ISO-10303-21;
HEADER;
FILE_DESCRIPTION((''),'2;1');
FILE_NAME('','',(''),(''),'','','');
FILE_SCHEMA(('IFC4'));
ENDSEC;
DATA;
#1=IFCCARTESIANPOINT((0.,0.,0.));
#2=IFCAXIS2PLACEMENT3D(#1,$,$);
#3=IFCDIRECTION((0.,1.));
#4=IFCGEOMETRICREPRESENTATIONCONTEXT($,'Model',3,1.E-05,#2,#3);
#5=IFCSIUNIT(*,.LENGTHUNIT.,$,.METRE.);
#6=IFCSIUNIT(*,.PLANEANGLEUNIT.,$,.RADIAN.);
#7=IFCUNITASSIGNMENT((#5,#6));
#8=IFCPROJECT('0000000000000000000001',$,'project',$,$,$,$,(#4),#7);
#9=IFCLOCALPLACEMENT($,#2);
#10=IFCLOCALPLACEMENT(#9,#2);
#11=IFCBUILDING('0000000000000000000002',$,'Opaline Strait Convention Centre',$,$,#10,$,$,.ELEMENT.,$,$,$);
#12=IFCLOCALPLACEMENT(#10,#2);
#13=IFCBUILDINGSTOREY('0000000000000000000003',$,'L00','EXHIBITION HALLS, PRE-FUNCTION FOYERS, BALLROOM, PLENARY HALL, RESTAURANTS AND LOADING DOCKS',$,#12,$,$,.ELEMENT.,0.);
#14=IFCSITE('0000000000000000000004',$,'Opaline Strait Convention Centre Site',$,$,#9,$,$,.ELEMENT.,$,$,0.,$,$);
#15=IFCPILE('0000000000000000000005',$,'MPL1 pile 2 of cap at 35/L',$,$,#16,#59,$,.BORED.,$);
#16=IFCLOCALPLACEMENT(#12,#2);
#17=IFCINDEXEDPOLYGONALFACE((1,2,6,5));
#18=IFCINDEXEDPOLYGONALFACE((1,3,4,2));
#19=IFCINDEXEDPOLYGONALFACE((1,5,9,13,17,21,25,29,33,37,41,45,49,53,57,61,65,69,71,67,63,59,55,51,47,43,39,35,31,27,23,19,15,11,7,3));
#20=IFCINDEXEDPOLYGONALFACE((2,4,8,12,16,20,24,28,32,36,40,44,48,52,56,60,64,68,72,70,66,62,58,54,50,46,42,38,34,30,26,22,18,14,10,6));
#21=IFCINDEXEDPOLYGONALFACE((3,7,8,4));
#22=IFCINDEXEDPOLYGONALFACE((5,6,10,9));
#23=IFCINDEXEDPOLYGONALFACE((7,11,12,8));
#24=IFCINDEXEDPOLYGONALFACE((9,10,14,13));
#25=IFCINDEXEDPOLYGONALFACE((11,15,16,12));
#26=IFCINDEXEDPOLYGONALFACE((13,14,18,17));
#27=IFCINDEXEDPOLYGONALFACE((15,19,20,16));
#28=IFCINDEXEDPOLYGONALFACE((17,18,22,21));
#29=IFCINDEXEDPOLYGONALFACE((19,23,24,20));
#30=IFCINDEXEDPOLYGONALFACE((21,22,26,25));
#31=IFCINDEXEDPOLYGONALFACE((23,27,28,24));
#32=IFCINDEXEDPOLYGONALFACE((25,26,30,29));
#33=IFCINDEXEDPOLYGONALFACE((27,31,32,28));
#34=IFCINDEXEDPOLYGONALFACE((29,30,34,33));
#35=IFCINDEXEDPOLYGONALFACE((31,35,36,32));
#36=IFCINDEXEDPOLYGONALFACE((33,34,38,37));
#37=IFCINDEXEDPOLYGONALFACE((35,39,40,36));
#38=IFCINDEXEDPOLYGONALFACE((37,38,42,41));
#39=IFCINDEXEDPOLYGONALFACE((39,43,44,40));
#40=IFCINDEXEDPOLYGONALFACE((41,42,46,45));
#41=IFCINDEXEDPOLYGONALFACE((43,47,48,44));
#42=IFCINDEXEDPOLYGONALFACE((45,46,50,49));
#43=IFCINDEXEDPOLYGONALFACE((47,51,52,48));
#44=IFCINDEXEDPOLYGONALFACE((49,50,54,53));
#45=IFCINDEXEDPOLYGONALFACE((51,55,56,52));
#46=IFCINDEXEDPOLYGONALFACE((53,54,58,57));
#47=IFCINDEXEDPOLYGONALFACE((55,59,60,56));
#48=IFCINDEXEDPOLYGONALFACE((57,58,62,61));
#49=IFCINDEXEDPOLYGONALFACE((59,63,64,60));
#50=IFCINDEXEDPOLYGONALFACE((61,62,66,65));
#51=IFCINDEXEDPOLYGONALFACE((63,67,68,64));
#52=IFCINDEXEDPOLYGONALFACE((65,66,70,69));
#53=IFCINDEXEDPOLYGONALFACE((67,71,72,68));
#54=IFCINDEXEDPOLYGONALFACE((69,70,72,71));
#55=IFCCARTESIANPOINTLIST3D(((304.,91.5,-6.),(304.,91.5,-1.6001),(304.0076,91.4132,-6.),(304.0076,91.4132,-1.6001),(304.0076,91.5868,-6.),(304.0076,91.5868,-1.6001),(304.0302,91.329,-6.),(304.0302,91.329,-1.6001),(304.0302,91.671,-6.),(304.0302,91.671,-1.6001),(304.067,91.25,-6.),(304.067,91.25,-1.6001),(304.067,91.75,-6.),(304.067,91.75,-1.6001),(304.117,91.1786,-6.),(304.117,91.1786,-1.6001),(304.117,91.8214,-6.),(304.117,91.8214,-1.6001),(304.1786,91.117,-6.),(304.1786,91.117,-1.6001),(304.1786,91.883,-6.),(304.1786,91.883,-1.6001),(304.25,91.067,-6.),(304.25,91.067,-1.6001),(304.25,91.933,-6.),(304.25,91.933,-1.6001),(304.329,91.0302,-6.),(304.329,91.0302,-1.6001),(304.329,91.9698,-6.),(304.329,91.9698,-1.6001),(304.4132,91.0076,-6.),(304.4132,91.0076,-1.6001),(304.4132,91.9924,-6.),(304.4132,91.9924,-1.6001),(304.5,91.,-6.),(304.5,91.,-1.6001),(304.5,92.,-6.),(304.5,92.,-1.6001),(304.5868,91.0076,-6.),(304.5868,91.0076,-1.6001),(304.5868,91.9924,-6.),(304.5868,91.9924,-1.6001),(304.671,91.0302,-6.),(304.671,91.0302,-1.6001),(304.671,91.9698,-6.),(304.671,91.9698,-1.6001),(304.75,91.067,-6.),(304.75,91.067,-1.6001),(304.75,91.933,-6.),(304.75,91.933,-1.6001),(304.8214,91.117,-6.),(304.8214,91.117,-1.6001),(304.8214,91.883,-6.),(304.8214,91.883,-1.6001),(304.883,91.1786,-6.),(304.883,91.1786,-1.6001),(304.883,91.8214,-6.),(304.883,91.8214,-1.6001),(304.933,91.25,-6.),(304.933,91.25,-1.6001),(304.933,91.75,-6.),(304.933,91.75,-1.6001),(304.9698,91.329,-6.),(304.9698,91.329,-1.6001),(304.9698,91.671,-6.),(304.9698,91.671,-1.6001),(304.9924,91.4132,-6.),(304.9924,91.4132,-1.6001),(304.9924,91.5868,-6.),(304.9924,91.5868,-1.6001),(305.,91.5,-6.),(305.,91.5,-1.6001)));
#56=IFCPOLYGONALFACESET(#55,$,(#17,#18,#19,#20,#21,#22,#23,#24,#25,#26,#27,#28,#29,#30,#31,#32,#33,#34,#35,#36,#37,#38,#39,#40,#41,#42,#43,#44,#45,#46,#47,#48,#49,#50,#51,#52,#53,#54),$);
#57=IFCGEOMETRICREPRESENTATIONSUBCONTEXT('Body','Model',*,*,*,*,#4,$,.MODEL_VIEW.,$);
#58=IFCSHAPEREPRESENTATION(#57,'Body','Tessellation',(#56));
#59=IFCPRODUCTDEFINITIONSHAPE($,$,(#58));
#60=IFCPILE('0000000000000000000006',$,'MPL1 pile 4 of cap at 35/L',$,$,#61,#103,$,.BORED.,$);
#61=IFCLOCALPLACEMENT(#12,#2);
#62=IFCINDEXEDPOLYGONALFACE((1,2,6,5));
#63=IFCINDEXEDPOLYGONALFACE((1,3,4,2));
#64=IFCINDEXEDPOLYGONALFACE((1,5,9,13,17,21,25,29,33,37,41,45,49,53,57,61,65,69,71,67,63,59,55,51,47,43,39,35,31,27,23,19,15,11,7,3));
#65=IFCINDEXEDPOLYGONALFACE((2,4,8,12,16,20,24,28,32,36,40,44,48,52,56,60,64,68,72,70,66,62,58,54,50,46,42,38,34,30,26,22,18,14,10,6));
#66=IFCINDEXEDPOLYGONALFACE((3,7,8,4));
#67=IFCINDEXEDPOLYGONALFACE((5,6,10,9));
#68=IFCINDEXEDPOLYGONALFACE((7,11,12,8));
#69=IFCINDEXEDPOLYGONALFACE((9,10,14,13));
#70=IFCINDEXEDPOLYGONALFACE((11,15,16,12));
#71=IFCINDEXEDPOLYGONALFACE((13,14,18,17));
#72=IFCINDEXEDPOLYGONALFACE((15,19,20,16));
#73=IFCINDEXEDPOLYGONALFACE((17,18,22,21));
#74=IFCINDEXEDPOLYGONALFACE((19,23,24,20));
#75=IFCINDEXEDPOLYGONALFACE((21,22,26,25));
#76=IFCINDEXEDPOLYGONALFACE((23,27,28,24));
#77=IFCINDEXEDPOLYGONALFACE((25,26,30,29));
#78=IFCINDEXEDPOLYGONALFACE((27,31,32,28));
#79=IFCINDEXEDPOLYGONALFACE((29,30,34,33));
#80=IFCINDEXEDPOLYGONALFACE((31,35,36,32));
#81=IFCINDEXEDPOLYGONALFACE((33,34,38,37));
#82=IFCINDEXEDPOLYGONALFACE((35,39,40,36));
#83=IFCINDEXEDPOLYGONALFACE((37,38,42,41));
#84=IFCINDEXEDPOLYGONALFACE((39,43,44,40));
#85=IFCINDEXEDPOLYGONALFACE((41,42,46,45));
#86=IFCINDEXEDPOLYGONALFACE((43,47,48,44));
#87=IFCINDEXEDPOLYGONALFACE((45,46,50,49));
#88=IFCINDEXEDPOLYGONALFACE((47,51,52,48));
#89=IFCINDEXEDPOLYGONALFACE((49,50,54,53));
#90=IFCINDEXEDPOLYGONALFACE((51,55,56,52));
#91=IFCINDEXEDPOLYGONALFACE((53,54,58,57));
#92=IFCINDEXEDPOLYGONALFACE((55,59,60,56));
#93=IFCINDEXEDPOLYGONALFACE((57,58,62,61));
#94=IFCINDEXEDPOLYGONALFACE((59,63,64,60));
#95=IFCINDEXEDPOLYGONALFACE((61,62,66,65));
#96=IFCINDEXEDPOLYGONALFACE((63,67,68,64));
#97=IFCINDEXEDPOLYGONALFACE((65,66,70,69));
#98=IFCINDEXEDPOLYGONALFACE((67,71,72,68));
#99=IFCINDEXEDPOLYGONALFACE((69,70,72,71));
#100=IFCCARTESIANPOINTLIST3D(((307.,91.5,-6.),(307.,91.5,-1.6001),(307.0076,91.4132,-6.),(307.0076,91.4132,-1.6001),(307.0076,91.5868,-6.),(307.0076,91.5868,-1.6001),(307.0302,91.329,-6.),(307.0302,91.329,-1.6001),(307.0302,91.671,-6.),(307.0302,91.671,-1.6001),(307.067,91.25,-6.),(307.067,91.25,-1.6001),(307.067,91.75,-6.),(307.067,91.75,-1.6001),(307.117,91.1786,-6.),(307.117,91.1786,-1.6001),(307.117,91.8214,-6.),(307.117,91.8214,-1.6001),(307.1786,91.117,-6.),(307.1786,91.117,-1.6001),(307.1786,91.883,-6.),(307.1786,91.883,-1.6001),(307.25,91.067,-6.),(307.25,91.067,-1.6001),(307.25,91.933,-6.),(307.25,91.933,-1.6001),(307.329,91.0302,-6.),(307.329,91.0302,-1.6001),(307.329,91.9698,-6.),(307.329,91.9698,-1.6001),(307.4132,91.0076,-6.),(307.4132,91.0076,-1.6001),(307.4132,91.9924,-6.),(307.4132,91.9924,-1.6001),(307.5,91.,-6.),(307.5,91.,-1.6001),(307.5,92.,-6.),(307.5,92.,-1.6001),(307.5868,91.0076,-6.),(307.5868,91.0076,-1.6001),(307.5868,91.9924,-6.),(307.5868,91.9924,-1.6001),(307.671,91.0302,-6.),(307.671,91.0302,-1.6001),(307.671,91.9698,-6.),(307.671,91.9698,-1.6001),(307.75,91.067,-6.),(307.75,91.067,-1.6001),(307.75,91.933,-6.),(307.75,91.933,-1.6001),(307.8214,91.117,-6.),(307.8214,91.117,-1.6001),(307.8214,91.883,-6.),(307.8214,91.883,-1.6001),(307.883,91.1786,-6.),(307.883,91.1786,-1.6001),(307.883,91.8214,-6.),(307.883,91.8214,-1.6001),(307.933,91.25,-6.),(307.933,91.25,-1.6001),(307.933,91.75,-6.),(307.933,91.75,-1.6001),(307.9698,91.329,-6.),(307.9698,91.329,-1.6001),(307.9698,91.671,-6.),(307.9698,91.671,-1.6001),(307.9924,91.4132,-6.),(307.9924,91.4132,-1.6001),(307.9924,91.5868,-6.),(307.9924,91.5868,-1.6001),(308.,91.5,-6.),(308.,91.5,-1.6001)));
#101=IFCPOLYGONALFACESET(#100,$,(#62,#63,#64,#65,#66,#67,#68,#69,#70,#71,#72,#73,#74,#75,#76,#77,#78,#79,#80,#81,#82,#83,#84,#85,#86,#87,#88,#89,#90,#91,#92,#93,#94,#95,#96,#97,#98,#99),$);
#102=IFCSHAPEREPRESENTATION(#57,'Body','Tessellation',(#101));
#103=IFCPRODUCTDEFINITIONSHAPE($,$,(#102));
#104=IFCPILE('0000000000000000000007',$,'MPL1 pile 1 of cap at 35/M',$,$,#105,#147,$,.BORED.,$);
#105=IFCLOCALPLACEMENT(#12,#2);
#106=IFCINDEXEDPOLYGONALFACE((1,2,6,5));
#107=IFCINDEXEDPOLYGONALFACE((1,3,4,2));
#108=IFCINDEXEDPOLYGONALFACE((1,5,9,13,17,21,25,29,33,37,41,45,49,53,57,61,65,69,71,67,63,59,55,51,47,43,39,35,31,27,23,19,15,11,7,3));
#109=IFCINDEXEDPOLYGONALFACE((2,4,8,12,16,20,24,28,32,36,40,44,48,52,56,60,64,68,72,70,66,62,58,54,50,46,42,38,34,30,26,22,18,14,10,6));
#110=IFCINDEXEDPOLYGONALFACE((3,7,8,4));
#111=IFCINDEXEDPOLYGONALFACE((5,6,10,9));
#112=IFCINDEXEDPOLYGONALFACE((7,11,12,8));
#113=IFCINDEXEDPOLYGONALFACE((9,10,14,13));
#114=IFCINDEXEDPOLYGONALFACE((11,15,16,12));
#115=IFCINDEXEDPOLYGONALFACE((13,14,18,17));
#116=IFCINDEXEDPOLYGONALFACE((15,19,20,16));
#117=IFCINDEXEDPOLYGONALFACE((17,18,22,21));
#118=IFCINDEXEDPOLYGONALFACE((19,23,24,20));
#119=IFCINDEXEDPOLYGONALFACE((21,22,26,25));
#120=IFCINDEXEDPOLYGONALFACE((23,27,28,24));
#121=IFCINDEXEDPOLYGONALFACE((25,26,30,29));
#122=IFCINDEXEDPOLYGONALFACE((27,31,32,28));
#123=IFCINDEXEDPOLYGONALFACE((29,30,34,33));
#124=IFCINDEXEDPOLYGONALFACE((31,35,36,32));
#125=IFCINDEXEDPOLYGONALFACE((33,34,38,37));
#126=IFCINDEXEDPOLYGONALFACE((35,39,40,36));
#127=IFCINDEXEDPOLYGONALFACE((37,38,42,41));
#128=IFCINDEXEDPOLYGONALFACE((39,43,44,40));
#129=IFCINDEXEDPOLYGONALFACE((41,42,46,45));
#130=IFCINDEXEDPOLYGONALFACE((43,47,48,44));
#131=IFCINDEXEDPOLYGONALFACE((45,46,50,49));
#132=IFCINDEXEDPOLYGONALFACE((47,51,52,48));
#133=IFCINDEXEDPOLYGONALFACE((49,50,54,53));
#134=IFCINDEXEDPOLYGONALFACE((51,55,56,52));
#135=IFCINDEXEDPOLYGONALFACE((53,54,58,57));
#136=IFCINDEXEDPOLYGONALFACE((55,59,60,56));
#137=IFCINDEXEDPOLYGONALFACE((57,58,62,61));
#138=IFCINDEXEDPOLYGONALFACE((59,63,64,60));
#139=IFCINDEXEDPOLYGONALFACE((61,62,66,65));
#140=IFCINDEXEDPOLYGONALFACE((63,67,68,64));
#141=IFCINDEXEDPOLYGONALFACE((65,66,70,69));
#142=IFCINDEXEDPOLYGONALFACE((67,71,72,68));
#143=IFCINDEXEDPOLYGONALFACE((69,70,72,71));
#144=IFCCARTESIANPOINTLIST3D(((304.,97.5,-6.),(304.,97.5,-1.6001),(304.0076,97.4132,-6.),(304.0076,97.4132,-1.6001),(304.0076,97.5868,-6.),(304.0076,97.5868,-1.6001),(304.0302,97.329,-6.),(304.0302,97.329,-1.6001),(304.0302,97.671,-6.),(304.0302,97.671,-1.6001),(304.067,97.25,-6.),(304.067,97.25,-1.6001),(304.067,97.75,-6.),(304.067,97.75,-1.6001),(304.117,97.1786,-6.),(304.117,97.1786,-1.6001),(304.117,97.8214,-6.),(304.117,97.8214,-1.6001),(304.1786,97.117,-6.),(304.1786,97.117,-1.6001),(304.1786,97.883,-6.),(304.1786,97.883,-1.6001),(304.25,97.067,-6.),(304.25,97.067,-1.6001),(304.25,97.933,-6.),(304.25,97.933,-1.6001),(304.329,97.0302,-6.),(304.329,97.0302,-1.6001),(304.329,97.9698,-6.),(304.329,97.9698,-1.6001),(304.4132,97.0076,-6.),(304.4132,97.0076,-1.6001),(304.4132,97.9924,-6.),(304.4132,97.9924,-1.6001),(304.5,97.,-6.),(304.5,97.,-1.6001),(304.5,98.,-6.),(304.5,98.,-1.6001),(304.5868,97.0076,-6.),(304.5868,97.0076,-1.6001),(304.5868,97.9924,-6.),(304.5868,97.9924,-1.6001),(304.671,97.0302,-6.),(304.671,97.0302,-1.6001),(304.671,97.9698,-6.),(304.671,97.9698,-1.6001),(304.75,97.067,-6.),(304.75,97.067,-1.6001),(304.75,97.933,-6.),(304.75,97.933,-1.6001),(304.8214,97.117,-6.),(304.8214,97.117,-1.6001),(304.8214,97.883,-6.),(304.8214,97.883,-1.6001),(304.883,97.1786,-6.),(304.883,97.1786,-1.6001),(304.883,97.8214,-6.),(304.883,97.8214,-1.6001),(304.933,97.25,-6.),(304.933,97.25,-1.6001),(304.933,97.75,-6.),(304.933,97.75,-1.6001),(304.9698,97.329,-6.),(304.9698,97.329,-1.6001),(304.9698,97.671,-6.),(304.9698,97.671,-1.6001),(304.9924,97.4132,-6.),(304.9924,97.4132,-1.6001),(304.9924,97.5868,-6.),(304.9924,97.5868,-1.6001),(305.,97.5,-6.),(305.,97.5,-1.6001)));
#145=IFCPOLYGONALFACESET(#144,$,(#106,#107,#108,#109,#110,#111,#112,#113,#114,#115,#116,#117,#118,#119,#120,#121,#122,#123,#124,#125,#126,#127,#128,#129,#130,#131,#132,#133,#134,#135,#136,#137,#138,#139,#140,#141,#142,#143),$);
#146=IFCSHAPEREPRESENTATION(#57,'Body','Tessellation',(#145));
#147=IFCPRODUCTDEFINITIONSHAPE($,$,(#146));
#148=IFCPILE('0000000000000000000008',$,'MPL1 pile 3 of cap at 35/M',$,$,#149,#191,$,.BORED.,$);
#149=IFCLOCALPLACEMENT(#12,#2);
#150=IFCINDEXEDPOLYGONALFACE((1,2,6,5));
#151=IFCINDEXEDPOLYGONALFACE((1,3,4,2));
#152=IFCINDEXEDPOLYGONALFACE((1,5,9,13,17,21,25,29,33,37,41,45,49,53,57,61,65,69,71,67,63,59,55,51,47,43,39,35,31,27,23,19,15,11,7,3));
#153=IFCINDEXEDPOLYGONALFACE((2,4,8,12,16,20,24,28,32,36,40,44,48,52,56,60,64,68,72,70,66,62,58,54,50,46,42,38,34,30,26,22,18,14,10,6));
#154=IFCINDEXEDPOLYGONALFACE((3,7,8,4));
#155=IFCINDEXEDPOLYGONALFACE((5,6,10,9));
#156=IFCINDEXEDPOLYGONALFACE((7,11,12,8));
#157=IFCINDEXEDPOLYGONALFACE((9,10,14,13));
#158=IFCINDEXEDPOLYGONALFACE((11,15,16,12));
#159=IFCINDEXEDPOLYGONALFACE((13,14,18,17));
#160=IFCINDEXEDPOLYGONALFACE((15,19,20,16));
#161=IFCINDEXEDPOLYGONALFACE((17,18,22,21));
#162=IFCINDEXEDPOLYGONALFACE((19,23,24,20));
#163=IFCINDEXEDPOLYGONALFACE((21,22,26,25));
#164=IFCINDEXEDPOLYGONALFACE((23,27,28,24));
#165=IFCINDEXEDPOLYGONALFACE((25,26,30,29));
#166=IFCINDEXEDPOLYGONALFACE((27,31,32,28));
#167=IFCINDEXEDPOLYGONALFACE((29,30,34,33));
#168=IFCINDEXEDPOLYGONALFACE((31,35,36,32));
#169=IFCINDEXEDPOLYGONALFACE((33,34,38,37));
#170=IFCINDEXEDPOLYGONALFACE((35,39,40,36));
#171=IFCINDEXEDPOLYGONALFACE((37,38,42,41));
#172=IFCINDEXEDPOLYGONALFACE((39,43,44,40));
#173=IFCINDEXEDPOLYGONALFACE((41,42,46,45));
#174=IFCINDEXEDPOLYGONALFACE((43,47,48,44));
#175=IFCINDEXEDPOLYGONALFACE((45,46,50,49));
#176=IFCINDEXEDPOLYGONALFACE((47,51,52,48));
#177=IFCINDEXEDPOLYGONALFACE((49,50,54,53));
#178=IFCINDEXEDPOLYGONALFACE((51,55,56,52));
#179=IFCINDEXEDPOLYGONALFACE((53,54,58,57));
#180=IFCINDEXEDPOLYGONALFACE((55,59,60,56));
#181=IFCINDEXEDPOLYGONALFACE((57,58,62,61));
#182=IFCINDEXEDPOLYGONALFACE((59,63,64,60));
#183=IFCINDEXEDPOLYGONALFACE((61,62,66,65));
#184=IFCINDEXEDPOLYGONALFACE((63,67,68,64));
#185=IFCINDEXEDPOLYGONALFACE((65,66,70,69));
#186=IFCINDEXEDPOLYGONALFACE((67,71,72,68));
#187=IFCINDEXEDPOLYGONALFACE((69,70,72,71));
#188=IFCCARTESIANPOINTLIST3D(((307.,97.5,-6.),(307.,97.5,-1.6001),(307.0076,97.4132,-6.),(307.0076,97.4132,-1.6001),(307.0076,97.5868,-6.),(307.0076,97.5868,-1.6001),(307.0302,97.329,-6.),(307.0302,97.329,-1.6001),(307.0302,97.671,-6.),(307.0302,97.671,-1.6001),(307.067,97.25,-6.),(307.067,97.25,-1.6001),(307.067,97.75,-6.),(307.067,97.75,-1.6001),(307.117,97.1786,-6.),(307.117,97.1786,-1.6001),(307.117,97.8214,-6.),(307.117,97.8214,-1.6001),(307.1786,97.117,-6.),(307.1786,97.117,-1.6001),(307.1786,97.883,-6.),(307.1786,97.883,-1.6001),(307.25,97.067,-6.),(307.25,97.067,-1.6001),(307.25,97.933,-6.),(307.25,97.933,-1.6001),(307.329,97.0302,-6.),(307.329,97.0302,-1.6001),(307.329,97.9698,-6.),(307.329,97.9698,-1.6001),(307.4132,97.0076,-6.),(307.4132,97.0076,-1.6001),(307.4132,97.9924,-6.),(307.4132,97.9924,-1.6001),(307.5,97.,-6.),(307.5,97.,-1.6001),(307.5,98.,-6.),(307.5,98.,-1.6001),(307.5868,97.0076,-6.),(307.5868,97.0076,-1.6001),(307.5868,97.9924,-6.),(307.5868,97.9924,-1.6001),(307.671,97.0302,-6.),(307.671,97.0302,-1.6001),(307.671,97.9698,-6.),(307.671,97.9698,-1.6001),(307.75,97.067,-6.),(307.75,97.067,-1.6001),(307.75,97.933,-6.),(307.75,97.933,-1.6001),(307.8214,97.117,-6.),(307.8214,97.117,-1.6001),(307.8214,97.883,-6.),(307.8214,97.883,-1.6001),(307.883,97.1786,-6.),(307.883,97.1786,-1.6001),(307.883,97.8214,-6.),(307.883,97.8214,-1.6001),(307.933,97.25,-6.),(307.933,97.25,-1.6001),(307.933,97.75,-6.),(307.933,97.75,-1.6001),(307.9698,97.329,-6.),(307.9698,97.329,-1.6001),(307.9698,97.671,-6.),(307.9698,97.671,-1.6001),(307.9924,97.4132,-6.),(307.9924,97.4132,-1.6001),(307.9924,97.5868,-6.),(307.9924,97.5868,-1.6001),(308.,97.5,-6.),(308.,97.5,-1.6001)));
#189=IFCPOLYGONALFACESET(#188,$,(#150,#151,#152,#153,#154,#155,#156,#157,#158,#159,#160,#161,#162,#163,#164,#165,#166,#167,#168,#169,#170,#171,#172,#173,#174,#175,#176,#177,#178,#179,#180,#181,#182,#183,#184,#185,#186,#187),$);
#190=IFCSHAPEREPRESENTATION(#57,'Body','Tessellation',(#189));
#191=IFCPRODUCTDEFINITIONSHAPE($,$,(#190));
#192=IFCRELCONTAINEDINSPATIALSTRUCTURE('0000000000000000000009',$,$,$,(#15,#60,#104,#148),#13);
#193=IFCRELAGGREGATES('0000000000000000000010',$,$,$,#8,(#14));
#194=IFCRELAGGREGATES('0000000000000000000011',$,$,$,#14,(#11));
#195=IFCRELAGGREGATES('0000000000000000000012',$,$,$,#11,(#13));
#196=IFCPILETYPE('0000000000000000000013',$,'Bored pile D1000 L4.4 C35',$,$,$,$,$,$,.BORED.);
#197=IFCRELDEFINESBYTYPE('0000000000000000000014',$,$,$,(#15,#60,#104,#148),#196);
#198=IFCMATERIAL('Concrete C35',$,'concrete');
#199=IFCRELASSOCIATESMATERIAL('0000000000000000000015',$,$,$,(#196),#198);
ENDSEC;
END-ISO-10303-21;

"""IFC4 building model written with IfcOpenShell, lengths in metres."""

from ifc_helpers import new_model, si_unit, direction, frame, origin, origin_2d, place, context, subcontext, project, spatial, circle, extrude, material, material_profile, profile_set, type_object, element, save


model = new_model("IFC4")

# Units and contexts
model_context = context("Model", 3, precision=1e-05, world=origin(), true_north=direction((0.0, 1.0)))
body_context = subcontext(model_context, "Body", "Model", "MODEL_VIEW")
ifc_project = project(units=[si_unit("LENGTHUNIT", "METRE"), si_unit("PLANEANGLEUNIT", "RADIAN")], contexts=[model_context])

# Site, building, storey
site_placement = place(None, origin())
site = spatial("IfcSite", under=ifc_project, at=site_placement, Name="Opaline Strait Convention Centre Site", CompositionType="ELEMENT", RefElevation=0.0)
building_placement = place(site_placement, origin())
building = spatial("IfcBuilding", under=site, at=building_placement, Name="Opaline Strait Convention Centre", CompositionType="ELEMENT")
storey_placement = place(building_placement, origin())
storey = spatial("IfcBuildingStorey", under=building, at=storey_placement, Name="L00", Description="EXHIBITION HALLS, PRE-FUNCTION FOYERS, BALLROOM, PLENARY HALL, RESTAURANTS AND LOADING DOCKS", CompositionType="ELEMENT", Elevation=0.0)

# Piles
ifc_material_1 = material(Name="Concrete C35", Category="concrete")
ifc_material_profile_1 = material_profile(ifc_material_1, circle(Radius=0.5, at=origin_2d()), Name="D1000")
ifc_profile_set_1 = profile_set([ifc_material_profile_1], Name="Concrete C35")
pile_type = type_object("IfcPileType", Name="Bored pile D1000 L4.4 C35", PredefinedType="BORED", material=ifc_profile_set_1)
for number, where, z_axis, x_axis, name in (
    (1, (304.5, 91.5, -1.6001), (0.0, 0.0, -1.0), (1.0, 0.0, 0.0), "MPL1 pile 2 of cap at 35/L"),
    (2, (307.5, 91.5, -1.6001), (0.0, 0.0, -1.0), (1.0, 0.0, 0.0), "MPL1 pile 4 of cap at 35/L"),
    (3, (304.5, 97.5, -1.6001), (0.0, 0.0, -1.0), (1.0, 0.0, 0.0), "MPL1 pile 1 of cap at 35/M"),
    (4, (307.5, 97.5, -1.6001), (0.0, 0.0, -1.0), (1.0, 0.0, 0.0), "MPL1 pile 3 of cap at 35/M"),
):
    element("IfcPile", number, at=place(storey_placement, frame(where, z_axis=z_axis, x_axis=x_axis)), inside=storey, type_object=pile_type, Name=name, PredefinedType="BORED", context=body_context, shape_type="SweptSolid", body=[
        extrude(circle(Radius=0.5, at=origin_2d()), origin(), (0.0, 0.0, 1.0), 4.3999),
    ])

save(model, "model.ifc")
